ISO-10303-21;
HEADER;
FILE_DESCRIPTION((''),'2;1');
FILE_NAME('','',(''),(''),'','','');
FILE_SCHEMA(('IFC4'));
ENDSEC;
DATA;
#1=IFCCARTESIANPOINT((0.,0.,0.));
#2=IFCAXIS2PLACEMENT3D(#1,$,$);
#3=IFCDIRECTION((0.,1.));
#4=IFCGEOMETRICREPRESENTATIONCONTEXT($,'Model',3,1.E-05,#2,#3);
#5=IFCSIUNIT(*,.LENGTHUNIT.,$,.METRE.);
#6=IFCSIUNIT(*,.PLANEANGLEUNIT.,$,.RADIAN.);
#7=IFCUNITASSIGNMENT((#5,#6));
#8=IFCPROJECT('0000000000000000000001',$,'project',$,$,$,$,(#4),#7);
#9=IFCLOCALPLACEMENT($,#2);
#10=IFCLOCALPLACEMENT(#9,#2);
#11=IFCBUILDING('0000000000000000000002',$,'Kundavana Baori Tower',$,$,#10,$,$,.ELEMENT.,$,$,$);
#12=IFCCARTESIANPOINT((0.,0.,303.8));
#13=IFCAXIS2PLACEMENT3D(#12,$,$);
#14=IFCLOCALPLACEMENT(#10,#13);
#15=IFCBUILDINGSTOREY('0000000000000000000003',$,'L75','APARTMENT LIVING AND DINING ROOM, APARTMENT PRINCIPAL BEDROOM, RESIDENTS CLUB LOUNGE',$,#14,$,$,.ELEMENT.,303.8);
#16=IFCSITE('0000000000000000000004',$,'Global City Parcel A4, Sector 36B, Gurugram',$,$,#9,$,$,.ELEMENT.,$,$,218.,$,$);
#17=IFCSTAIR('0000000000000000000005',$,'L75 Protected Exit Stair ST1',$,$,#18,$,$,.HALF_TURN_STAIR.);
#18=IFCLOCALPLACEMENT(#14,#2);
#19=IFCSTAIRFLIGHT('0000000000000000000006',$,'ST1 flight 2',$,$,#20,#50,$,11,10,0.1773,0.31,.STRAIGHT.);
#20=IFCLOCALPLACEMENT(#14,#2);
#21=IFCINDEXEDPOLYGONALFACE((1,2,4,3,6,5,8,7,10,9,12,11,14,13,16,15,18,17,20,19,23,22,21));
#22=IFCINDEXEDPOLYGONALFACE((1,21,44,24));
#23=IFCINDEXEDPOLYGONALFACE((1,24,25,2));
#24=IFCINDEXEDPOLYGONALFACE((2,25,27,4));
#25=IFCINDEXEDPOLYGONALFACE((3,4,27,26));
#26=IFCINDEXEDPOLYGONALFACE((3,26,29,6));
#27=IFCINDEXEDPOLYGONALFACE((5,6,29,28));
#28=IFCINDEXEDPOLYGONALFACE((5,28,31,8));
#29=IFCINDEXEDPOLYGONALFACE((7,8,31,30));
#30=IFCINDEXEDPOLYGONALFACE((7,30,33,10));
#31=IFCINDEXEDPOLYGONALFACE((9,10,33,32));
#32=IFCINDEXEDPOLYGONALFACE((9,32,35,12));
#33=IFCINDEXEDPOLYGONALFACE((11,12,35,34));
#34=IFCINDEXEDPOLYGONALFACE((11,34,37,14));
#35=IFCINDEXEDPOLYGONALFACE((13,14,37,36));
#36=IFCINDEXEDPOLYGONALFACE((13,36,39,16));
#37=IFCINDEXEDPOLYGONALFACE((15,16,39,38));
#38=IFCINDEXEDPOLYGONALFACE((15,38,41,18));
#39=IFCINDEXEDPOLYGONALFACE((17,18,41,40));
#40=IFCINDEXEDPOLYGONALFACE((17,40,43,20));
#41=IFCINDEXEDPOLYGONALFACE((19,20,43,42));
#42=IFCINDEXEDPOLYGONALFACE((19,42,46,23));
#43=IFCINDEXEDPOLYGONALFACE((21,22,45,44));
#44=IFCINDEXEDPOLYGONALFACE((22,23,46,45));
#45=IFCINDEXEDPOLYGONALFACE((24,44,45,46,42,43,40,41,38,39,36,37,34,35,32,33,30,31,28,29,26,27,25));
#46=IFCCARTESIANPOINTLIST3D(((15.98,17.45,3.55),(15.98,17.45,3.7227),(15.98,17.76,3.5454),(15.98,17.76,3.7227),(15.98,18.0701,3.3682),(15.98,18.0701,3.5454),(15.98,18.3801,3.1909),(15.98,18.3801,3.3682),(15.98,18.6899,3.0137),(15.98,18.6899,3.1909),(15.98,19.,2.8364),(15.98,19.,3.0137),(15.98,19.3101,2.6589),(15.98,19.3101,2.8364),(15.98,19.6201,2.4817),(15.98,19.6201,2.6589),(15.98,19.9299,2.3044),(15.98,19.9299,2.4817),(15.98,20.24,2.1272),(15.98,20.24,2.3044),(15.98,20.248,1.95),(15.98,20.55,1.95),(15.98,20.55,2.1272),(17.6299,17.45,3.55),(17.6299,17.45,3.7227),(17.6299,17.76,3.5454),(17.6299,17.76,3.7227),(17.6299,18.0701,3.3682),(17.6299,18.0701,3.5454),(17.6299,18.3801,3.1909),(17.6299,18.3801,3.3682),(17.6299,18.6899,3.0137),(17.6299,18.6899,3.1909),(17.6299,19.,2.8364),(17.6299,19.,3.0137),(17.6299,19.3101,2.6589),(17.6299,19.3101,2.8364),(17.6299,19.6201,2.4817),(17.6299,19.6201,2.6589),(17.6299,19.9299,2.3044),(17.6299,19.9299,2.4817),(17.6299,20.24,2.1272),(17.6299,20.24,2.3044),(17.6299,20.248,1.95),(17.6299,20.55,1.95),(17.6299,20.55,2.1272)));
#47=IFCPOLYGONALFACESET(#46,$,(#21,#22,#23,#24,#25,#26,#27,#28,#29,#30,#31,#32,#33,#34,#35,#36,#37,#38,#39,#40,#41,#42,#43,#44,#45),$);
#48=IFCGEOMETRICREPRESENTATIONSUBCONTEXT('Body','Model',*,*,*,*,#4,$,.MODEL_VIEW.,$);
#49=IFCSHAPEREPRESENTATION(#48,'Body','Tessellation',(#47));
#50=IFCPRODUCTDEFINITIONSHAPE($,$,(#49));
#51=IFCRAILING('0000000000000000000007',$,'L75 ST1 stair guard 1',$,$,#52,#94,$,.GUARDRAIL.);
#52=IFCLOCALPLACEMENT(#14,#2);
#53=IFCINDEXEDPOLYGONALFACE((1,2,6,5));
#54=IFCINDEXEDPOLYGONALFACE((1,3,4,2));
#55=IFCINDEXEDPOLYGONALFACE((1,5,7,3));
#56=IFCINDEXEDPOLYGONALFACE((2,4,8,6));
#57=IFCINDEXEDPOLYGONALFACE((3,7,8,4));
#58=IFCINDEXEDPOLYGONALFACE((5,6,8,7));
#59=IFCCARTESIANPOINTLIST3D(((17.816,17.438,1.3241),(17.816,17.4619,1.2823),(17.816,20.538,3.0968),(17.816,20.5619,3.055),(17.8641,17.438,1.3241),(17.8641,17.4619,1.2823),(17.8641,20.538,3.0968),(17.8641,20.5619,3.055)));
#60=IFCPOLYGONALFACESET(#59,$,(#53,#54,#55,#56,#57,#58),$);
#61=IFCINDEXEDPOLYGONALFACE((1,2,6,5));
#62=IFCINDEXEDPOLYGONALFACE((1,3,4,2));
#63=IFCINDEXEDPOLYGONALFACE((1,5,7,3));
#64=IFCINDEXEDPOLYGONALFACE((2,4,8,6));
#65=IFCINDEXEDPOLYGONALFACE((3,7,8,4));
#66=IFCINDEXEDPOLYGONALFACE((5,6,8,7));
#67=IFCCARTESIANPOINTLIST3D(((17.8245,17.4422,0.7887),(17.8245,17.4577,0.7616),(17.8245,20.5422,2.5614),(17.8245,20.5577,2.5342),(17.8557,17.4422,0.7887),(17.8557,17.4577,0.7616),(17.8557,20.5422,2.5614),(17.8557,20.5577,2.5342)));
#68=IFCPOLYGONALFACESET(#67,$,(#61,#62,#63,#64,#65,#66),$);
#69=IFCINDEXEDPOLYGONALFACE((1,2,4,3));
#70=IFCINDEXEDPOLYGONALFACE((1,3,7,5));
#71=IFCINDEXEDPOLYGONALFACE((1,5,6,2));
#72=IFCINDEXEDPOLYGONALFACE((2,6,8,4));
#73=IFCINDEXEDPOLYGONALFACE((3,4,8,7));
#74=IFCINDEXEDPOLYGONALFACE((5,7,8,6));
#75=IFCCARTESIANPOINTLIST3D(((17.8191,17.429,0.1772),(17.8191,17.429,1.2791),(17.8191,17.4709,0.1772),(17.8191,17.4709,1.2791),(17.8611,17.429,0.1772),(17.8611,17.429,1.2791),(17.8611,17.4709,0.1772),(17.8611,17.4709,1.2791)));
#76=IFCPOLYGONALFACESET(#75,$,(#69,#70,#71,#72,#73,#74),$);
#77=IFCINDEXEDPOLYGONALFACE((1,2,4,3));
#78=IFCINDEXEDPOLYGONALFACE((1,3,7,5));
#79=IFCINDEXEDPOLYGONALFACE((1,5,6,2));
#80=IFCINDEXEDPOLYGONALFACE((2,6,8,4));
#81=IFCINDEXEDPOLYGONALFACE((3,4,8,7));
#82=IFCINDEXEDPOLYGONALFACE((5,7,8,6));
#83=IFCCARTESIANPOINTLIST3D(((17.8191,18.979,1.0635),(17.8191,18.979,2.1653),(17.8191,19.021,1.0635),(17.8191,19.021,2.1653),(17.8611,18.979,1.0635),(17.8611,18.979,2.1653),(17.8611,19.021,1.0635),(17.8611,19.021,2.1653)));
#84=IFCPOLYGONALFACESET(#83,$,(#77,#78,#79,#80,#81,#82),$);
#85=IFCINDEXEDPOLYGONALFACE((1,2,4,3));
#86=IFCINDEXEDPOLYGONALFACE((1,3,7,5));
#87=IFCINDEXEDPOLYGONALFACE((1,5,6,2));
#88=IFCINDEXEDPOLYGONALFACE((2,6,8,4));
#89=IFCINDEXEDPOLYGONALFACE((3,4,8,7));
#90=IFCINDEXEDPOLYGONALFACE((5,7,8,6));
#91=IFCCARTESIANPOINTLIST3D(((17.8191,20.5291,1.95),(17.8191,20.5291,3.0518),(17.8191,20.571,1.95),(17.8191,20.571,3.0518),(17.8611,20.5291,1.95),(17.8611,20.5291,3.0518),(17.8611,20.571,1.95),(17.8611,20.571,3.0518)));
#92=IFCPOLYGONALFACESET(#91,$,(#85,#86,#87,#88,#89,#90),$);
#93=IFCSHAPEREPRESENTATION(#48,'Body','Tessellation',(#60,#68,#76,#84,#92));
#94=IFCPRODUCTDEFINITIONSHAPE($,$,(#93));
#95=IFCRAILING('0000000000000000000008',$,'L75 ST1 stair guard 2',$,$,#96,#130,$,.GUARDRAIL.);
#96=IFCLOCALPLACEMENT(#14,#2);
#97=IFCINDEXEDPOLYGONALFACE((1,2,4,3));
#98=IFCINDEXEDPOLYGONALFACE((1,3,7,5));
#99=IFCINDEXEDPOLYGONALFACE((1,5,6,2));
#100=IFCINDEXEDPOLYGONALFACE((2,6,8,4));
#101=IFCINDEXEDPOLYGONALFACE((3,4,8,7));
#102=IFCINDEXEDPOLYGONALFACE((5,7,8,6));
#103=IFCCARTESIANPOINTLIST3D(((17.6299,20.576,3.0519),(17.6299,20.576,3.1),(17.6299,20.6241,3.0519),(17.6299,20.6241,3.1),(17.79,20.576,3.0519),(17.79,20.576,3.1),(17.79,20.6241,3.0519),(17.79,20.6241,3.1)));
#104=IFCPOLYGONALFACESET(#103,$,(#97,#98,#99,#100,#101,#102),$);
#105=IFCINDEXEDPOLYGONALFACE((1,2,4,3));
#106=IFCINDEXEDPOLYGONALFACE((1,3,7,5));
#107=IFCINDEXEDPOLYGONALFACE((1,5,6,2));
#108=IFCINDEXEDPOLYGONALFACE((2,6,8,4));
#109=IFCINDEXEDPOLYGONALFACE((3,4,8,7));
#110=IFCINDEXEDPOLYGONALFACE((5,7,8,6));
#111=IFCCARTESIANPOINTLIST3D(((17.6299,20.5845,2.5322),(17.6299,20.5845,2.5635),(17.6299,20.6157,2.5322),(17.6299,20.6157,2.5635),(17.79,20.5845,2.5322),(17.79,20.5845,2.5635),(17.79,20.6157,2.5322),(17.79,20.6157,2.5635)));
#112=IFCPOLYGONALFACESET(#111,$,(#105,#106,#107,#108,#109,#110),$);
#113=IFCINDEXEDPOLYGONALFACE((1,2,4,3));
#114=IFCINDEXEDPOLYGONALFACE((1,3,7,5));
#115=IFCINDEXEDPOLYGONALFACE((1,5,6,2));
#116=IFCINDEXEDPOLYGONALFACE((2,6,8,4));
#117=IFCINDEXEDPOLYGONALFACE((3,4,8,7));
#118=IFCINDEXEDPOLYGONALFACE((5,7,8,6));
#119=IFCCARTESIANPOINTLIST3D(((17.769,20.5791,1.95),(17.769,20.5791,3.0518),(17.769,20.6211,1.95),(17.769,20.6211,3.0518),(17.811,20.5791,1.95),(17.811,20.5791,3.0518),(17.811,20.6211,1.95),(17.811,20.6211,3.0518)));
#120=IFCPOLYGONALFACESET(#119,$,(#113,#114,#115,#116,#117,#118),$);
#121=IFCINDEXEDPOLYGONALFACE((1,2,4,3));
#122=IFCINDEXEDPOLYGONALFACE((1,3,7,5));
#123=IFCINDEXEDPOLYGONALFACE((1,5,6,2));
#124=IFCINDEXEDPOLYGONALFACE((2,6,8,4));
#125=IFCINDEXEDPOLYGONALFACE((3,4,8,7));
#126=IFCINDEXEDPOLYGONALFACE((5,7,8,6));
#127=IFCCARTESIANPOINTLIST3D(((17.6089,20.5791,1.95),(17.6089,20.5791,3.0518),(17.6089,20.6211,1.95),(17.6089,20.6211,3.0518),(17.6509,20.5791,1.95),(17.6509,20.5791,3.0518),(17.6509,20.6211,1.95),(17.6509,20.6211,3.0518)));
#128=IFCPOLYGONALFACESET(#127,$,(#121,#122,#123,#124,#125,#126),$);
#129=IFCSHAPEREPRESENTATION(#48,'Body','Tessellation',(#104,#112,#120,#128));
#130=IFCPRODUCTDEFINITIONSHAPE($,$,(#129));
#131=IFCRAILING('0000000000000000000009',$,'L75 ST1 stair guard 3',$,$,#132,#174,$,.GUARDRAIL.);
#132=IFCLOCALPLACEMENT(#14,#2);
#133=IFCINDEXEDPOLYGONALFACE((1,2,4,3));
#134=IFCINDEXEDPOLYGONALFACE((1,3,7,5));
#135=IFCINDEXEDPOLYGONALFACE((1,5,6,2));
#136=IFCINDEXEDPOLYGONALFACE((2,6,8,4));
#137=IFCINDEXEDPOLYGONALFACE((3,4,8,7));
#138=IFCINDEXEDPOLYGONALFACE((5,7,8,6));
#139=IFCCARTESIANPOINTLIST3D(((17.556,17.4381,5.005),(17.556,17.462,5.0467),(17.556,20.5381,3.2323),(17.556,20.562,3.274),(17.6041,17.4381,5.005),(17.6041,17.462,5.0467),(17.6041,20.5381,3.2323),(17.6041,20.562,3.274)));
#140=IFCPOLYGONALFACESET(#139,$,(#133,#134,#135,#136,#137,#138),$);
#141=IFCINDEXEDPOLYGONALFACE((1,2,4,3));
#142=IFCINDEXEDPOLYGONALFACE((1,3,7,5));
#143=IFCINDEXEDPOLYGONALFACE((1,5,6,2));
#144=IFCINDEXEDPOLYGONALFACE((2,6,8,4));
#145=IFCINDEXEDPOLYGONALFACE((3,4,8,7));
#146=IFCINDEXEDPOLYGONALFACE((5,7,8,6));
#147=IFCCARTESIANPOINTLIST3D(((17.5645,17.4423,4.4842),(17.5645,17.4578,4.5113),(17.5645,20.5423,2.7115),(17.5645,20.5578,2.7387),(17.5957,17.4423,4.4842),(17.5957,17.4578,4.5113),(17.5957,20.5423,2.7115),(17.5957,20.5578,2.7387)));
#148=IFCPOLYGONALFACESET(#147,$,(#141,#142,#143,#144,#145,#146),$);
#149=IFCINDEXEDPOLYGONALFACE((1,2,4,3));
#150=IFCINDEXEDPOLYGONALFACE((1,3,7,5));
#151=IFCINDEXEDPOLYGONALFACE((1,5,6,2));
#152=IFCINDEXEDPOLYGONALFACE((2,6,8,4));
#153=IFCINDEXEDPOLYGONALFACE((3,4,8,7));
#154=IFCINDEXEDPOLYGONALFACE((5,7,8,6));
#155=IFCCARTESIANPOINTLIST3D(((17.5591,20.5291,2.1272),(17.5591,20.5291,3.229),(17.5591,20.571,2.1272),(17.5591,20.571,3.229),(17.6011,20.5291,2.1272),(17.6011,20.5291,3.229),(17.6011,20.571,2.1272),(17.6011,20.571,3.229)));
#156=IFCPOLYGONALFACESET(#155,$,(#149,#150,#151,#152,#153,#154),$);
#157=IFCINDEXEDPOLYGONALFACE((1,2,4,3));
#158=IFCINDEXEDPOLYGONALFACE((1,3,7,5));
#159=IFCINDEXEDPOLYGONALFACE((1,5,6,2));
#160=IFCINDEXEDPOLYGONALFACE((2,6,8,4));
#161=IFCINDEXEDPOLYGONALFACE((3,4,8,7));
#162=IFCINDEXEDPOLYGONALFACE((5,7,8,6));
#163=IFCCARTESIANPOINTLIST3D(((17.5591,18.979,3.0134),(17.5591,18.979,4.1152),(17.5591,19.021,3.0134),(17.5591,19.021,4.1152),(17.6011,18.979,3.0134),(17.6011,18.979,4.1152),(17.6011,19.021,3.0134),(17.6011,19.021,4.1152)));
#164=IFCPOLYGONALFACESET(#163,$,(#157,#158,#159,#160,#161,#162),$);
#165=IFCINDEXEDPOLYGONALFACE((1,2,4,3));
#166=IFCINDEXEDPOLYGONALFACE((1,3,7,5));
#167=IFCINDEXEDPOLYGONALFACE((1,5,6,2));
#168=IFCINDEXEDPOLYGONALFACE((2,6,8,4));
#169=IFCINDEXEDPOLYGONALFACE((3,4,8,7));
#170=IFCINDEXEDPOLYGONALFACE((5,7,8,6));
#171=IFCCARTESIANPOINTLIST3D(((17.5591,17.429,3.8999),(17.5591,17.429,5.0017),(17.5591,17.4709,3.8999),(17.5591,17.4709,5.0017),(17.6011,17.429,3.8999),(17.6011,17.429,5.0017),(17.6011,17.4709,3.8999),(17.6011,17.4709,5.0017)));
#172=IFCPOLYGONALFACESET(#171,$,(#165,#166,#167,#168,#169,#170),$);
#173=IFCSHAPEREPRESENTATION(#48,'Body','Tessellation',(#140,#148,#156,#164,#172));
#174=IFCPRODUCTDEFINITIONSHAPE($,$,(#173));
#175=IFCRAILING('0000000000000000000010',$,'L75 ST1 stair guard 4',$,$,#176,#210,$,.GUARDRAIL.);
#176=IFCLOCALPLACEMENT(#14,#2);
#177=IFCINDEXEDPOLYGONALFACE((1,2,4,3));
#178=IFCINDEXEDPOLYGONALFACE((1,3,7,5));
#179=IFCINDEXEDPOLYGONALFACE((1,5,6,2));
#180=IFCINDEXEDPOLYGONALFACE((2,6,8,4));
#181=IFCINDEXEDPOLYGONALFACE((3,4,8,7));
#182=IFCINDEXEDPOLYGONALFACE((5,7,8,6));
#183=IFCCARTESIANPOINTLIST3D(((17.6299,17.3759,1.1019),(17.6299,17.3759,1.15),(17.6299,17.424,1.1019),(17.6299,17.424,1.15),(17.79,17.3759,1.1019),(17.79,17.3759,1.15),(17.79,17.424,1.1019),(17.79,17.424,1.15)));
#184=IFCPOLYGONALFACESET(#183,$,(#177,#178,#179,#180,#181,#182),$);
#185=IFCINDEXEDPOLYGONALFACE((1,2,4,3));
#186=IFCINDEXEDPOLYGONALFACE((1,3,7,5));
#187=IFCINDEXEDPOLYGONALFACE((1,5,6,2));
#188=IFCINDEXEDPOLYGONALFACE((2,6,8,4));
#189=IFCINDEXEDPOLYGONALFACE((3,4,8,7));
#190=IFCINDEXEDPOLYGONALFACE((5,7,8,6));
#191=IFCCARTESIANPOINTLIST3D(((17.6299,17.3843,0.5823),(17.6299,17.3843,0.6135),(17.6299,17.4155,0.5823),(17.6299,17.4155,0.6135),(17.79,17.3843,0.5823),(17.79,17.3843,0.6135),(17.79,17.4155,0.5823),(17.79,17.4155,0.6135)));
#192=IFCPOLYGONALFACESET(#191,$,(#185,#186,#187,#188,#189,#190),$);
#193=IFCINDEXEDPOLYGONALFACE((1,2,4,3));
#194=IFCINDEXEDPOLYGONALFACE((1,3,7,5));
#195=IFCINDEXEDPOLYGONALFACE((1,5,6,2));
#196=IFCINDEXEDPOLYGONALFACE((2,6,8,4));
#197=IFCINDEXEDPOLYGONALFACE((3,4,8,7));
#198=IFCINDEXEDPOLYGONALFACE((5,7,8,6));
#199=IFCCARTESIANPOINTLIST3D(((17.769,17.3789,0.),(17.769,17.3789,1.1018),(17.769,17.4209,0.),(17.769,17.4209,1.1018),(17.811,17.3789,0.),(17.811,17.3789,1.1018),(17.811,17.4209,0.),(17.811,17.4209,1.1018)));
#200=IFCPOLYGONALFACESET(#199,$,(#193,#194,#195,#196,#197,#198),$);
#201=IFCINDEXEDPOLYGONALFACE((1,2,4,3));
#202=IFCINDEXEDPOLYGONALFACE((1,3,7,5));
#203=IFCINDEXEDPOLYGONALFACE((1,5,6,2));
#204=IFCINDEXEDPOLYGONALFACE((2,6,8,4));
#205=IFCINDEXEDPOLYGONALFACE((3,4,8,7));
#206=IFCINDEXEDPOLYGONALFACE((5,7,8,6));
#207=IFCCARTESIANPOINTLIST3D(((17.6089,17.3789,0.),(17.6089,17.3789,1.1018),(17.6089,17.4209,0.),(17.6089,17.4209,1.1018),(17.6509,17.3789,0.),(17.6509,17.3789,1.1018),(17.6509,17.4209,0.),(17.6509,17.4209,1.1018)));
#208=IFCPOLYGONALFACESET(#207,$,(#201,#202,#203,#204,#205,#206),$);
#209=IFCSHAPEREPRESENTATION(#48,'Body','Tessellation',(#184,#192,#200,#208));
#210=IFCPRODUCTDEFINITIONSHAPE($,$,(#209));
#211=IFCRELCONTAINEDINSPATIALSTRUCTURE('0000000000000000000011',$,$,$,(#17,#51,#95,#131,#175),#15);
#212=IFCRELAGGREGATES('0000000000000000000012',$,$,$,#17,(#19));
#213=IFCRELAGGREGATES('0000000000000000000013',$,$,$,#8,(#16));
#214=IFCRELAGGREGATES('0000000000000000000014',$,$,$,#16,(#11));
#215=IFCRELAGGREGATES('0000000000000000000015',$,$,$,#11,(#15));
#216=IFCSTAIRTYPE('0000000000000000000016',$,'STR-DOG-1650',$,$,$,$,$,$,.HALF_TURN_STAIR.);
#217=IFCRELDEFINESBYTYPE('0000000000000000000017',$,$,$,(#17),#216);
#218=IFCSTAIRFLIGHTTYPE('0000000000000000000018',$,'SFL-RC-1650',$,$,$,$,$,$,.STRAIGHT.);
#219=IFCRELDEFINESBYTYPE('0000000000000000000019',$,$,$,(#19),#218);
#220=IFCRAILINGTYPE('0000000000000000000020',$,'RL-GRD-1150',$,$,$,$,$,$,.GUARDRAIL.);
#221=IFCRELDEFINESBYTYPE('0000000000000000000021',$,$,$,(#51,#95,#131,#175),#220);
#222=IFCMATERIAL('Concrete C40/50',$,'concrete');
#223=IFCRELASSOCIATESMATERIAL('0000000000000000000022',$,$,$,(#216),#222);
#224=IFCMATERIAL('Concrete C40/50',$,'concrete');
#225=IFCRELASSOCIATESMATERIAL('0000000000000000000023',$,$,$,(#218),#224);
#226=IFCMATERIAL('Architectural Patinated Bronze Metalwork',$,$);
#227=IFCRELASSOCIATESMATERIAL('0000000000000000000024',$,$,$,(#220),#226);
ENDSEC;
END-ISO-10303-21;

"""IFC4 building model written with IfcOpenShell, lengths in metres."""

from ifc_helpers import new_model, si_unit, direction, frame, origin, origin_2d, place, context, subcontext, project, spatial, polyline, rectangle, outline, extrude, material, type_object, element, aggregate, save


model = new_model("IFC4")

# Units and contexts
model_context = context("Model", 3, precision=1e-05, world=origin(), true_north=direction((0.0, 1.0)))
body_context = subcontext(model_context, "Body", "Model", "MODEL_VIEW")
ifc_project = project(units=[si_unit("LENGTHUNIT", "METRE"), si_unit("PLANEANGLEUNIT", "RADIAN")], contexts=[model_context])

# Site, building, storey
site_placement = place(None, origin())
site = spatial("IfcSite", under=ifc_project, at=site_placement, Name="Global City Parcel A4, Sector 36B, Gurugram", CompositionType="ELEMENT", RefElevation=218.0)
building_placement = place(site_placement, origin())
building = spatial("IfcBuilding", under=site, at=building_placement, Name="Kundavana Baori Tower", CompositionType="ELEMENT")
storey_placement = place(building_placement, frame((0.0, 0.0, 303.8)))
storey = spatial("IfcBuildingStorey", under=building, at=storey_placement, Name="L75", Description="APARTMENT LIVING AND DINING ROOM, APARTMENT PRINCIPAL BEDROOM, RESIDENTS CLUB LOUNGE", CompositionType="ELEMENT", Elevation=303.8)

# Stair, stair flight
ifc_material_1 = material(Name="Concrete C40/50", Category="concrete")
stair_type = type_object("IfcStairType", Name="STR-DOG-1650", PredefinedType="HALF_TURN_STAIR", material=ifc_material_1)
stair_placement = place(storey_placement, origin())
stair = element("IfcStair", 1, at=stair_placement, inside=storey, type_object=stair_type, Name="L75 Protected Exit Stair ST1", PredefinedType="HALF_TURN_STAIR")
ifc_material_2 = material(Name="Concrete C40/50", Category="concrete")
stair_flight_type = type_object("IfcStairFlightType", Name="SFL-RC-1650", PredefinedType="STRAIGHT", material=ifc_material_2)
stair_flight_1_placement = place(storey_placement, frame((16.8049, 20.55, 1.95), z_axis=(0.0, 0.0, 1.0), x_axis=(0.0, -1.0, 0.0)))
stair_flight_1 = element("IfcStairFlight", 2, at=stair_flight_1_placement, type_object=stair_flight_type, Name="ST1 flight 2", NumberOfRisers=11, NumberOfTreads=10, PredefinedType="STRAIGHT", RiserHeight=0.1773, TreadLength=0.31, context=body_context, shape_type="SweptSolid", body=[
    extrude(outline(polyline([(0.0, 0.0), (0.0, 0.1772), (0.3101, 0.1772), (0.3101, 0.3545), (0.6201, 0.3545), (0.6201, 0.5317), (0.9299, 0.5317), (0.9299, 0.709), (1.24, 0.709), (1.24, 0.8865), (1.55, 0.8865), (1.55, 1.0637), (1.8601, 1.0637), (1.8601, 1.241), (2.1699, 1.241), (2.1699, 1.4182), (2.48, 1.4182), (2.48, 1.5955), (2.79, 1.5955), (2.79, 1.7727), (3.1001, 1.7727), (3.1001, 1.95), (3.1001, 1.6001), (0.302, 0.0), (0.0, 0.0)])), frame((0.0, 0.825, 0.0), z_axis=(0.0, -1.0, 0.0), x_axis=(1.0, 0.0, 0.0)), (0.0, 0.0, 1.0), 1.6499),
])
aggregate(stair, [stair_flight_1])

# Railings
ifc_material_3 = material(Name="Architectural Patinated Bronze Metalwork")
railing_type_1 = type_object("IfcRailingType", Name="RL-GRD-1150", PredefinedType="GUARDRAIL", material=ifc_material_3)
railing_1_placement = place(storey_placement, frame((17.8401, 17.45, 0.1772)))
element("IfcRailing", 3, at=railing_1_placement, inside=storey, type_object=railing_type_1, Name="L75 ST1 stair guard 1", PredefinedType="GUARDRAIL", context=body_context, shape_type="SweptSolid", body=[
    extrude(rectangle(XDim=0.0481, YDim=0.0481, at=origin_2d()), frame((0.0, 0.0, 1.126), z_axis=(0.0, 0.868096, 0.496397), x_axis=(-1.0, 0.0, 0.0)), (0.0, 0.0, 1.0), 3.571),
    extrude(rectangle(XDim=0.0312, YDim=0.0312, at=origin_2d()), frame((0.0, 0.0, 0.5979), z_axis=(0.0, 0.868096, 0.496397), x_axis=(-1.0, 0.0, 0.0)), (0.0, 0.0, 1.0), 3.571),
    extrude(rectangle(XDim=0.042, YDim=0.042, at=origin_2d()), origin(), (0.0, 0.0, 1.0), 1.1018),
    extrude(rectangle(XDim=0.042, YDim=0.042, at=origin_2d()), frame((0.0, 1.55, 0.8862)), (0.0, 0.0, 1.0), 1.1018),
    extrude(rectangle(XDim=0.042, YDim=0.042, at=origin_2d()), frame((0.0, 3.1001, 1.7727)), (0.0, 0.0, 1.0), 1.1018),
])
railing_2_placement = place(storey_placement, frame((17.79, 20.6001, 1.95)))
element("IfcRailing", 4, at=railing_2_placement, inside=storey, type_object=railing_type_1, Name="L75 ST1 stair guard 2", PredefinedType="GUARDRAIL", context=body_context, shape_type="SweptSolid", body=[
    extrude(rectangle(XDim=0.0481, YDim=0.0481, at=origin_2d()), frame((0.0, 0.0, 1.126), z_axis=(-1.0, 0.0, 0.0), x_axis=(0.0, -1.0, 0.0)), (0.0, 0.0, 1.0), 0.1602),
    extrude(rectangle(XDim=0.0312, YDim=0.0312, at=origin_2d()), frame((0.0, 0.0, 0.5979), z_axis=(-1.0, 0.0, 0.0), x_axis=(0.0, -1.0, 0.0)), (0.0, 0.0, 1.0), 0.1602),
    extrude(rectangle(XDim=0.042, YDim=0.042, at=origin_2d()), origin(), (0.0, 0.0, 1.0), 1.1018),
    extrude(rectangle(XDim=0.042, YDim=0.042, at=origin_2d()), frame((-0.1602, 0.0, 0.0)), (0.0, 0.0, 1.0), 1.1018),
])
railing_3_placement = place(storey_placement, frame((17.5801, 20.55, 2.1272)))
element("IfcRailing", 5, at=railing_3_placement, inside=storey, type_object=railing_type_1, Name="L75 ST1 stair guard 3", PredefinedType="GUARDRAIL", context=body_context, shape_type="SweptSolid", body=[
    extrude(rectangle(XDim=0.0481, YDim=0.0481, at=origin_2d()), frame((0.0, 0.0, 1.126), z_axis=(0.0, -0.868096, 0.496397), x_axis=(1.0, 0.0, 0.0)), (0.0, 0.0, 1.0), 3.571),
    extrude(rectangle(XDim=0.0312, YDim=0.0312, at=origin_2d()), frame((0.0, 0.0, 0.5979), z_axis=(0.0, -0.868096, 0.496397), x_axis=(1.0, 0.0, 0.0)), (0.0, 0.0, 1.0), 3.571),
    extrude(rectangle(XDim=0.042, YDim=0.042, at=origin_2d()), origin(), (0.0, 0.0, 1.0), 1.1018),
    extrude(rectangle(XDim=0.042, YDim=0.042, at=origin_2d()), frame((0.0, -1.55, 0.8862)), (0.0, 0.0, 1.0), 1.1018),
    extrude(rectangle(XDim=0.042, YDim=0.042, at=origin_2d()), frame((0.0, -3.1001, 1.7727)), (0.0, 0.0, 1.0), 1.1018),
])
railing_4_placement = place(storey_placement, frame((17.79, 17.3999, 0.0)))
element("IfcRailing", 6, at=railing_4_placement, inside=storey, type_object=railing_type_1, Name="L75 ST1 stair guard 4", PredefinedType="GUARDRAIL", context=body_context, shape_type="SweptSolid", body=[
    extrude(rectangle(XDim=0.0481, YDim=0.0481, at=origin_2d()), frame((0.0, 0.0, 1.126), z_axis=(-1.0, 0.0, 0.0), x_axis=(0.0, -1.0, 0.0)), (0.0, 0.0, 1.0), 0.1602),
    extrude(rectangle(XDim=0.0312, YDim=0.0312, at=origin_2d()), frame((0.0, 0.0, 0.5979), z_axis=(-1.0, 0.0, 0.0), x_axis=(0.0, -1.0, 0.0)), (0.0, 0.0, 1.0), 0.1602),
    extrude(rectangle(XDim=0.042, YDim=0.042, at=origin_2d()), origin(), (0.0, 0.0, 1.0), 1.1018),
    extrude(rectangle(XDim=0.042, YDim=0.042, at=origin_2d()), frame((-0.1602, 0.0, 0.0)), (0.0, 0.0, 1.0), 1.1018),
])

save(model, "model.ifc")
